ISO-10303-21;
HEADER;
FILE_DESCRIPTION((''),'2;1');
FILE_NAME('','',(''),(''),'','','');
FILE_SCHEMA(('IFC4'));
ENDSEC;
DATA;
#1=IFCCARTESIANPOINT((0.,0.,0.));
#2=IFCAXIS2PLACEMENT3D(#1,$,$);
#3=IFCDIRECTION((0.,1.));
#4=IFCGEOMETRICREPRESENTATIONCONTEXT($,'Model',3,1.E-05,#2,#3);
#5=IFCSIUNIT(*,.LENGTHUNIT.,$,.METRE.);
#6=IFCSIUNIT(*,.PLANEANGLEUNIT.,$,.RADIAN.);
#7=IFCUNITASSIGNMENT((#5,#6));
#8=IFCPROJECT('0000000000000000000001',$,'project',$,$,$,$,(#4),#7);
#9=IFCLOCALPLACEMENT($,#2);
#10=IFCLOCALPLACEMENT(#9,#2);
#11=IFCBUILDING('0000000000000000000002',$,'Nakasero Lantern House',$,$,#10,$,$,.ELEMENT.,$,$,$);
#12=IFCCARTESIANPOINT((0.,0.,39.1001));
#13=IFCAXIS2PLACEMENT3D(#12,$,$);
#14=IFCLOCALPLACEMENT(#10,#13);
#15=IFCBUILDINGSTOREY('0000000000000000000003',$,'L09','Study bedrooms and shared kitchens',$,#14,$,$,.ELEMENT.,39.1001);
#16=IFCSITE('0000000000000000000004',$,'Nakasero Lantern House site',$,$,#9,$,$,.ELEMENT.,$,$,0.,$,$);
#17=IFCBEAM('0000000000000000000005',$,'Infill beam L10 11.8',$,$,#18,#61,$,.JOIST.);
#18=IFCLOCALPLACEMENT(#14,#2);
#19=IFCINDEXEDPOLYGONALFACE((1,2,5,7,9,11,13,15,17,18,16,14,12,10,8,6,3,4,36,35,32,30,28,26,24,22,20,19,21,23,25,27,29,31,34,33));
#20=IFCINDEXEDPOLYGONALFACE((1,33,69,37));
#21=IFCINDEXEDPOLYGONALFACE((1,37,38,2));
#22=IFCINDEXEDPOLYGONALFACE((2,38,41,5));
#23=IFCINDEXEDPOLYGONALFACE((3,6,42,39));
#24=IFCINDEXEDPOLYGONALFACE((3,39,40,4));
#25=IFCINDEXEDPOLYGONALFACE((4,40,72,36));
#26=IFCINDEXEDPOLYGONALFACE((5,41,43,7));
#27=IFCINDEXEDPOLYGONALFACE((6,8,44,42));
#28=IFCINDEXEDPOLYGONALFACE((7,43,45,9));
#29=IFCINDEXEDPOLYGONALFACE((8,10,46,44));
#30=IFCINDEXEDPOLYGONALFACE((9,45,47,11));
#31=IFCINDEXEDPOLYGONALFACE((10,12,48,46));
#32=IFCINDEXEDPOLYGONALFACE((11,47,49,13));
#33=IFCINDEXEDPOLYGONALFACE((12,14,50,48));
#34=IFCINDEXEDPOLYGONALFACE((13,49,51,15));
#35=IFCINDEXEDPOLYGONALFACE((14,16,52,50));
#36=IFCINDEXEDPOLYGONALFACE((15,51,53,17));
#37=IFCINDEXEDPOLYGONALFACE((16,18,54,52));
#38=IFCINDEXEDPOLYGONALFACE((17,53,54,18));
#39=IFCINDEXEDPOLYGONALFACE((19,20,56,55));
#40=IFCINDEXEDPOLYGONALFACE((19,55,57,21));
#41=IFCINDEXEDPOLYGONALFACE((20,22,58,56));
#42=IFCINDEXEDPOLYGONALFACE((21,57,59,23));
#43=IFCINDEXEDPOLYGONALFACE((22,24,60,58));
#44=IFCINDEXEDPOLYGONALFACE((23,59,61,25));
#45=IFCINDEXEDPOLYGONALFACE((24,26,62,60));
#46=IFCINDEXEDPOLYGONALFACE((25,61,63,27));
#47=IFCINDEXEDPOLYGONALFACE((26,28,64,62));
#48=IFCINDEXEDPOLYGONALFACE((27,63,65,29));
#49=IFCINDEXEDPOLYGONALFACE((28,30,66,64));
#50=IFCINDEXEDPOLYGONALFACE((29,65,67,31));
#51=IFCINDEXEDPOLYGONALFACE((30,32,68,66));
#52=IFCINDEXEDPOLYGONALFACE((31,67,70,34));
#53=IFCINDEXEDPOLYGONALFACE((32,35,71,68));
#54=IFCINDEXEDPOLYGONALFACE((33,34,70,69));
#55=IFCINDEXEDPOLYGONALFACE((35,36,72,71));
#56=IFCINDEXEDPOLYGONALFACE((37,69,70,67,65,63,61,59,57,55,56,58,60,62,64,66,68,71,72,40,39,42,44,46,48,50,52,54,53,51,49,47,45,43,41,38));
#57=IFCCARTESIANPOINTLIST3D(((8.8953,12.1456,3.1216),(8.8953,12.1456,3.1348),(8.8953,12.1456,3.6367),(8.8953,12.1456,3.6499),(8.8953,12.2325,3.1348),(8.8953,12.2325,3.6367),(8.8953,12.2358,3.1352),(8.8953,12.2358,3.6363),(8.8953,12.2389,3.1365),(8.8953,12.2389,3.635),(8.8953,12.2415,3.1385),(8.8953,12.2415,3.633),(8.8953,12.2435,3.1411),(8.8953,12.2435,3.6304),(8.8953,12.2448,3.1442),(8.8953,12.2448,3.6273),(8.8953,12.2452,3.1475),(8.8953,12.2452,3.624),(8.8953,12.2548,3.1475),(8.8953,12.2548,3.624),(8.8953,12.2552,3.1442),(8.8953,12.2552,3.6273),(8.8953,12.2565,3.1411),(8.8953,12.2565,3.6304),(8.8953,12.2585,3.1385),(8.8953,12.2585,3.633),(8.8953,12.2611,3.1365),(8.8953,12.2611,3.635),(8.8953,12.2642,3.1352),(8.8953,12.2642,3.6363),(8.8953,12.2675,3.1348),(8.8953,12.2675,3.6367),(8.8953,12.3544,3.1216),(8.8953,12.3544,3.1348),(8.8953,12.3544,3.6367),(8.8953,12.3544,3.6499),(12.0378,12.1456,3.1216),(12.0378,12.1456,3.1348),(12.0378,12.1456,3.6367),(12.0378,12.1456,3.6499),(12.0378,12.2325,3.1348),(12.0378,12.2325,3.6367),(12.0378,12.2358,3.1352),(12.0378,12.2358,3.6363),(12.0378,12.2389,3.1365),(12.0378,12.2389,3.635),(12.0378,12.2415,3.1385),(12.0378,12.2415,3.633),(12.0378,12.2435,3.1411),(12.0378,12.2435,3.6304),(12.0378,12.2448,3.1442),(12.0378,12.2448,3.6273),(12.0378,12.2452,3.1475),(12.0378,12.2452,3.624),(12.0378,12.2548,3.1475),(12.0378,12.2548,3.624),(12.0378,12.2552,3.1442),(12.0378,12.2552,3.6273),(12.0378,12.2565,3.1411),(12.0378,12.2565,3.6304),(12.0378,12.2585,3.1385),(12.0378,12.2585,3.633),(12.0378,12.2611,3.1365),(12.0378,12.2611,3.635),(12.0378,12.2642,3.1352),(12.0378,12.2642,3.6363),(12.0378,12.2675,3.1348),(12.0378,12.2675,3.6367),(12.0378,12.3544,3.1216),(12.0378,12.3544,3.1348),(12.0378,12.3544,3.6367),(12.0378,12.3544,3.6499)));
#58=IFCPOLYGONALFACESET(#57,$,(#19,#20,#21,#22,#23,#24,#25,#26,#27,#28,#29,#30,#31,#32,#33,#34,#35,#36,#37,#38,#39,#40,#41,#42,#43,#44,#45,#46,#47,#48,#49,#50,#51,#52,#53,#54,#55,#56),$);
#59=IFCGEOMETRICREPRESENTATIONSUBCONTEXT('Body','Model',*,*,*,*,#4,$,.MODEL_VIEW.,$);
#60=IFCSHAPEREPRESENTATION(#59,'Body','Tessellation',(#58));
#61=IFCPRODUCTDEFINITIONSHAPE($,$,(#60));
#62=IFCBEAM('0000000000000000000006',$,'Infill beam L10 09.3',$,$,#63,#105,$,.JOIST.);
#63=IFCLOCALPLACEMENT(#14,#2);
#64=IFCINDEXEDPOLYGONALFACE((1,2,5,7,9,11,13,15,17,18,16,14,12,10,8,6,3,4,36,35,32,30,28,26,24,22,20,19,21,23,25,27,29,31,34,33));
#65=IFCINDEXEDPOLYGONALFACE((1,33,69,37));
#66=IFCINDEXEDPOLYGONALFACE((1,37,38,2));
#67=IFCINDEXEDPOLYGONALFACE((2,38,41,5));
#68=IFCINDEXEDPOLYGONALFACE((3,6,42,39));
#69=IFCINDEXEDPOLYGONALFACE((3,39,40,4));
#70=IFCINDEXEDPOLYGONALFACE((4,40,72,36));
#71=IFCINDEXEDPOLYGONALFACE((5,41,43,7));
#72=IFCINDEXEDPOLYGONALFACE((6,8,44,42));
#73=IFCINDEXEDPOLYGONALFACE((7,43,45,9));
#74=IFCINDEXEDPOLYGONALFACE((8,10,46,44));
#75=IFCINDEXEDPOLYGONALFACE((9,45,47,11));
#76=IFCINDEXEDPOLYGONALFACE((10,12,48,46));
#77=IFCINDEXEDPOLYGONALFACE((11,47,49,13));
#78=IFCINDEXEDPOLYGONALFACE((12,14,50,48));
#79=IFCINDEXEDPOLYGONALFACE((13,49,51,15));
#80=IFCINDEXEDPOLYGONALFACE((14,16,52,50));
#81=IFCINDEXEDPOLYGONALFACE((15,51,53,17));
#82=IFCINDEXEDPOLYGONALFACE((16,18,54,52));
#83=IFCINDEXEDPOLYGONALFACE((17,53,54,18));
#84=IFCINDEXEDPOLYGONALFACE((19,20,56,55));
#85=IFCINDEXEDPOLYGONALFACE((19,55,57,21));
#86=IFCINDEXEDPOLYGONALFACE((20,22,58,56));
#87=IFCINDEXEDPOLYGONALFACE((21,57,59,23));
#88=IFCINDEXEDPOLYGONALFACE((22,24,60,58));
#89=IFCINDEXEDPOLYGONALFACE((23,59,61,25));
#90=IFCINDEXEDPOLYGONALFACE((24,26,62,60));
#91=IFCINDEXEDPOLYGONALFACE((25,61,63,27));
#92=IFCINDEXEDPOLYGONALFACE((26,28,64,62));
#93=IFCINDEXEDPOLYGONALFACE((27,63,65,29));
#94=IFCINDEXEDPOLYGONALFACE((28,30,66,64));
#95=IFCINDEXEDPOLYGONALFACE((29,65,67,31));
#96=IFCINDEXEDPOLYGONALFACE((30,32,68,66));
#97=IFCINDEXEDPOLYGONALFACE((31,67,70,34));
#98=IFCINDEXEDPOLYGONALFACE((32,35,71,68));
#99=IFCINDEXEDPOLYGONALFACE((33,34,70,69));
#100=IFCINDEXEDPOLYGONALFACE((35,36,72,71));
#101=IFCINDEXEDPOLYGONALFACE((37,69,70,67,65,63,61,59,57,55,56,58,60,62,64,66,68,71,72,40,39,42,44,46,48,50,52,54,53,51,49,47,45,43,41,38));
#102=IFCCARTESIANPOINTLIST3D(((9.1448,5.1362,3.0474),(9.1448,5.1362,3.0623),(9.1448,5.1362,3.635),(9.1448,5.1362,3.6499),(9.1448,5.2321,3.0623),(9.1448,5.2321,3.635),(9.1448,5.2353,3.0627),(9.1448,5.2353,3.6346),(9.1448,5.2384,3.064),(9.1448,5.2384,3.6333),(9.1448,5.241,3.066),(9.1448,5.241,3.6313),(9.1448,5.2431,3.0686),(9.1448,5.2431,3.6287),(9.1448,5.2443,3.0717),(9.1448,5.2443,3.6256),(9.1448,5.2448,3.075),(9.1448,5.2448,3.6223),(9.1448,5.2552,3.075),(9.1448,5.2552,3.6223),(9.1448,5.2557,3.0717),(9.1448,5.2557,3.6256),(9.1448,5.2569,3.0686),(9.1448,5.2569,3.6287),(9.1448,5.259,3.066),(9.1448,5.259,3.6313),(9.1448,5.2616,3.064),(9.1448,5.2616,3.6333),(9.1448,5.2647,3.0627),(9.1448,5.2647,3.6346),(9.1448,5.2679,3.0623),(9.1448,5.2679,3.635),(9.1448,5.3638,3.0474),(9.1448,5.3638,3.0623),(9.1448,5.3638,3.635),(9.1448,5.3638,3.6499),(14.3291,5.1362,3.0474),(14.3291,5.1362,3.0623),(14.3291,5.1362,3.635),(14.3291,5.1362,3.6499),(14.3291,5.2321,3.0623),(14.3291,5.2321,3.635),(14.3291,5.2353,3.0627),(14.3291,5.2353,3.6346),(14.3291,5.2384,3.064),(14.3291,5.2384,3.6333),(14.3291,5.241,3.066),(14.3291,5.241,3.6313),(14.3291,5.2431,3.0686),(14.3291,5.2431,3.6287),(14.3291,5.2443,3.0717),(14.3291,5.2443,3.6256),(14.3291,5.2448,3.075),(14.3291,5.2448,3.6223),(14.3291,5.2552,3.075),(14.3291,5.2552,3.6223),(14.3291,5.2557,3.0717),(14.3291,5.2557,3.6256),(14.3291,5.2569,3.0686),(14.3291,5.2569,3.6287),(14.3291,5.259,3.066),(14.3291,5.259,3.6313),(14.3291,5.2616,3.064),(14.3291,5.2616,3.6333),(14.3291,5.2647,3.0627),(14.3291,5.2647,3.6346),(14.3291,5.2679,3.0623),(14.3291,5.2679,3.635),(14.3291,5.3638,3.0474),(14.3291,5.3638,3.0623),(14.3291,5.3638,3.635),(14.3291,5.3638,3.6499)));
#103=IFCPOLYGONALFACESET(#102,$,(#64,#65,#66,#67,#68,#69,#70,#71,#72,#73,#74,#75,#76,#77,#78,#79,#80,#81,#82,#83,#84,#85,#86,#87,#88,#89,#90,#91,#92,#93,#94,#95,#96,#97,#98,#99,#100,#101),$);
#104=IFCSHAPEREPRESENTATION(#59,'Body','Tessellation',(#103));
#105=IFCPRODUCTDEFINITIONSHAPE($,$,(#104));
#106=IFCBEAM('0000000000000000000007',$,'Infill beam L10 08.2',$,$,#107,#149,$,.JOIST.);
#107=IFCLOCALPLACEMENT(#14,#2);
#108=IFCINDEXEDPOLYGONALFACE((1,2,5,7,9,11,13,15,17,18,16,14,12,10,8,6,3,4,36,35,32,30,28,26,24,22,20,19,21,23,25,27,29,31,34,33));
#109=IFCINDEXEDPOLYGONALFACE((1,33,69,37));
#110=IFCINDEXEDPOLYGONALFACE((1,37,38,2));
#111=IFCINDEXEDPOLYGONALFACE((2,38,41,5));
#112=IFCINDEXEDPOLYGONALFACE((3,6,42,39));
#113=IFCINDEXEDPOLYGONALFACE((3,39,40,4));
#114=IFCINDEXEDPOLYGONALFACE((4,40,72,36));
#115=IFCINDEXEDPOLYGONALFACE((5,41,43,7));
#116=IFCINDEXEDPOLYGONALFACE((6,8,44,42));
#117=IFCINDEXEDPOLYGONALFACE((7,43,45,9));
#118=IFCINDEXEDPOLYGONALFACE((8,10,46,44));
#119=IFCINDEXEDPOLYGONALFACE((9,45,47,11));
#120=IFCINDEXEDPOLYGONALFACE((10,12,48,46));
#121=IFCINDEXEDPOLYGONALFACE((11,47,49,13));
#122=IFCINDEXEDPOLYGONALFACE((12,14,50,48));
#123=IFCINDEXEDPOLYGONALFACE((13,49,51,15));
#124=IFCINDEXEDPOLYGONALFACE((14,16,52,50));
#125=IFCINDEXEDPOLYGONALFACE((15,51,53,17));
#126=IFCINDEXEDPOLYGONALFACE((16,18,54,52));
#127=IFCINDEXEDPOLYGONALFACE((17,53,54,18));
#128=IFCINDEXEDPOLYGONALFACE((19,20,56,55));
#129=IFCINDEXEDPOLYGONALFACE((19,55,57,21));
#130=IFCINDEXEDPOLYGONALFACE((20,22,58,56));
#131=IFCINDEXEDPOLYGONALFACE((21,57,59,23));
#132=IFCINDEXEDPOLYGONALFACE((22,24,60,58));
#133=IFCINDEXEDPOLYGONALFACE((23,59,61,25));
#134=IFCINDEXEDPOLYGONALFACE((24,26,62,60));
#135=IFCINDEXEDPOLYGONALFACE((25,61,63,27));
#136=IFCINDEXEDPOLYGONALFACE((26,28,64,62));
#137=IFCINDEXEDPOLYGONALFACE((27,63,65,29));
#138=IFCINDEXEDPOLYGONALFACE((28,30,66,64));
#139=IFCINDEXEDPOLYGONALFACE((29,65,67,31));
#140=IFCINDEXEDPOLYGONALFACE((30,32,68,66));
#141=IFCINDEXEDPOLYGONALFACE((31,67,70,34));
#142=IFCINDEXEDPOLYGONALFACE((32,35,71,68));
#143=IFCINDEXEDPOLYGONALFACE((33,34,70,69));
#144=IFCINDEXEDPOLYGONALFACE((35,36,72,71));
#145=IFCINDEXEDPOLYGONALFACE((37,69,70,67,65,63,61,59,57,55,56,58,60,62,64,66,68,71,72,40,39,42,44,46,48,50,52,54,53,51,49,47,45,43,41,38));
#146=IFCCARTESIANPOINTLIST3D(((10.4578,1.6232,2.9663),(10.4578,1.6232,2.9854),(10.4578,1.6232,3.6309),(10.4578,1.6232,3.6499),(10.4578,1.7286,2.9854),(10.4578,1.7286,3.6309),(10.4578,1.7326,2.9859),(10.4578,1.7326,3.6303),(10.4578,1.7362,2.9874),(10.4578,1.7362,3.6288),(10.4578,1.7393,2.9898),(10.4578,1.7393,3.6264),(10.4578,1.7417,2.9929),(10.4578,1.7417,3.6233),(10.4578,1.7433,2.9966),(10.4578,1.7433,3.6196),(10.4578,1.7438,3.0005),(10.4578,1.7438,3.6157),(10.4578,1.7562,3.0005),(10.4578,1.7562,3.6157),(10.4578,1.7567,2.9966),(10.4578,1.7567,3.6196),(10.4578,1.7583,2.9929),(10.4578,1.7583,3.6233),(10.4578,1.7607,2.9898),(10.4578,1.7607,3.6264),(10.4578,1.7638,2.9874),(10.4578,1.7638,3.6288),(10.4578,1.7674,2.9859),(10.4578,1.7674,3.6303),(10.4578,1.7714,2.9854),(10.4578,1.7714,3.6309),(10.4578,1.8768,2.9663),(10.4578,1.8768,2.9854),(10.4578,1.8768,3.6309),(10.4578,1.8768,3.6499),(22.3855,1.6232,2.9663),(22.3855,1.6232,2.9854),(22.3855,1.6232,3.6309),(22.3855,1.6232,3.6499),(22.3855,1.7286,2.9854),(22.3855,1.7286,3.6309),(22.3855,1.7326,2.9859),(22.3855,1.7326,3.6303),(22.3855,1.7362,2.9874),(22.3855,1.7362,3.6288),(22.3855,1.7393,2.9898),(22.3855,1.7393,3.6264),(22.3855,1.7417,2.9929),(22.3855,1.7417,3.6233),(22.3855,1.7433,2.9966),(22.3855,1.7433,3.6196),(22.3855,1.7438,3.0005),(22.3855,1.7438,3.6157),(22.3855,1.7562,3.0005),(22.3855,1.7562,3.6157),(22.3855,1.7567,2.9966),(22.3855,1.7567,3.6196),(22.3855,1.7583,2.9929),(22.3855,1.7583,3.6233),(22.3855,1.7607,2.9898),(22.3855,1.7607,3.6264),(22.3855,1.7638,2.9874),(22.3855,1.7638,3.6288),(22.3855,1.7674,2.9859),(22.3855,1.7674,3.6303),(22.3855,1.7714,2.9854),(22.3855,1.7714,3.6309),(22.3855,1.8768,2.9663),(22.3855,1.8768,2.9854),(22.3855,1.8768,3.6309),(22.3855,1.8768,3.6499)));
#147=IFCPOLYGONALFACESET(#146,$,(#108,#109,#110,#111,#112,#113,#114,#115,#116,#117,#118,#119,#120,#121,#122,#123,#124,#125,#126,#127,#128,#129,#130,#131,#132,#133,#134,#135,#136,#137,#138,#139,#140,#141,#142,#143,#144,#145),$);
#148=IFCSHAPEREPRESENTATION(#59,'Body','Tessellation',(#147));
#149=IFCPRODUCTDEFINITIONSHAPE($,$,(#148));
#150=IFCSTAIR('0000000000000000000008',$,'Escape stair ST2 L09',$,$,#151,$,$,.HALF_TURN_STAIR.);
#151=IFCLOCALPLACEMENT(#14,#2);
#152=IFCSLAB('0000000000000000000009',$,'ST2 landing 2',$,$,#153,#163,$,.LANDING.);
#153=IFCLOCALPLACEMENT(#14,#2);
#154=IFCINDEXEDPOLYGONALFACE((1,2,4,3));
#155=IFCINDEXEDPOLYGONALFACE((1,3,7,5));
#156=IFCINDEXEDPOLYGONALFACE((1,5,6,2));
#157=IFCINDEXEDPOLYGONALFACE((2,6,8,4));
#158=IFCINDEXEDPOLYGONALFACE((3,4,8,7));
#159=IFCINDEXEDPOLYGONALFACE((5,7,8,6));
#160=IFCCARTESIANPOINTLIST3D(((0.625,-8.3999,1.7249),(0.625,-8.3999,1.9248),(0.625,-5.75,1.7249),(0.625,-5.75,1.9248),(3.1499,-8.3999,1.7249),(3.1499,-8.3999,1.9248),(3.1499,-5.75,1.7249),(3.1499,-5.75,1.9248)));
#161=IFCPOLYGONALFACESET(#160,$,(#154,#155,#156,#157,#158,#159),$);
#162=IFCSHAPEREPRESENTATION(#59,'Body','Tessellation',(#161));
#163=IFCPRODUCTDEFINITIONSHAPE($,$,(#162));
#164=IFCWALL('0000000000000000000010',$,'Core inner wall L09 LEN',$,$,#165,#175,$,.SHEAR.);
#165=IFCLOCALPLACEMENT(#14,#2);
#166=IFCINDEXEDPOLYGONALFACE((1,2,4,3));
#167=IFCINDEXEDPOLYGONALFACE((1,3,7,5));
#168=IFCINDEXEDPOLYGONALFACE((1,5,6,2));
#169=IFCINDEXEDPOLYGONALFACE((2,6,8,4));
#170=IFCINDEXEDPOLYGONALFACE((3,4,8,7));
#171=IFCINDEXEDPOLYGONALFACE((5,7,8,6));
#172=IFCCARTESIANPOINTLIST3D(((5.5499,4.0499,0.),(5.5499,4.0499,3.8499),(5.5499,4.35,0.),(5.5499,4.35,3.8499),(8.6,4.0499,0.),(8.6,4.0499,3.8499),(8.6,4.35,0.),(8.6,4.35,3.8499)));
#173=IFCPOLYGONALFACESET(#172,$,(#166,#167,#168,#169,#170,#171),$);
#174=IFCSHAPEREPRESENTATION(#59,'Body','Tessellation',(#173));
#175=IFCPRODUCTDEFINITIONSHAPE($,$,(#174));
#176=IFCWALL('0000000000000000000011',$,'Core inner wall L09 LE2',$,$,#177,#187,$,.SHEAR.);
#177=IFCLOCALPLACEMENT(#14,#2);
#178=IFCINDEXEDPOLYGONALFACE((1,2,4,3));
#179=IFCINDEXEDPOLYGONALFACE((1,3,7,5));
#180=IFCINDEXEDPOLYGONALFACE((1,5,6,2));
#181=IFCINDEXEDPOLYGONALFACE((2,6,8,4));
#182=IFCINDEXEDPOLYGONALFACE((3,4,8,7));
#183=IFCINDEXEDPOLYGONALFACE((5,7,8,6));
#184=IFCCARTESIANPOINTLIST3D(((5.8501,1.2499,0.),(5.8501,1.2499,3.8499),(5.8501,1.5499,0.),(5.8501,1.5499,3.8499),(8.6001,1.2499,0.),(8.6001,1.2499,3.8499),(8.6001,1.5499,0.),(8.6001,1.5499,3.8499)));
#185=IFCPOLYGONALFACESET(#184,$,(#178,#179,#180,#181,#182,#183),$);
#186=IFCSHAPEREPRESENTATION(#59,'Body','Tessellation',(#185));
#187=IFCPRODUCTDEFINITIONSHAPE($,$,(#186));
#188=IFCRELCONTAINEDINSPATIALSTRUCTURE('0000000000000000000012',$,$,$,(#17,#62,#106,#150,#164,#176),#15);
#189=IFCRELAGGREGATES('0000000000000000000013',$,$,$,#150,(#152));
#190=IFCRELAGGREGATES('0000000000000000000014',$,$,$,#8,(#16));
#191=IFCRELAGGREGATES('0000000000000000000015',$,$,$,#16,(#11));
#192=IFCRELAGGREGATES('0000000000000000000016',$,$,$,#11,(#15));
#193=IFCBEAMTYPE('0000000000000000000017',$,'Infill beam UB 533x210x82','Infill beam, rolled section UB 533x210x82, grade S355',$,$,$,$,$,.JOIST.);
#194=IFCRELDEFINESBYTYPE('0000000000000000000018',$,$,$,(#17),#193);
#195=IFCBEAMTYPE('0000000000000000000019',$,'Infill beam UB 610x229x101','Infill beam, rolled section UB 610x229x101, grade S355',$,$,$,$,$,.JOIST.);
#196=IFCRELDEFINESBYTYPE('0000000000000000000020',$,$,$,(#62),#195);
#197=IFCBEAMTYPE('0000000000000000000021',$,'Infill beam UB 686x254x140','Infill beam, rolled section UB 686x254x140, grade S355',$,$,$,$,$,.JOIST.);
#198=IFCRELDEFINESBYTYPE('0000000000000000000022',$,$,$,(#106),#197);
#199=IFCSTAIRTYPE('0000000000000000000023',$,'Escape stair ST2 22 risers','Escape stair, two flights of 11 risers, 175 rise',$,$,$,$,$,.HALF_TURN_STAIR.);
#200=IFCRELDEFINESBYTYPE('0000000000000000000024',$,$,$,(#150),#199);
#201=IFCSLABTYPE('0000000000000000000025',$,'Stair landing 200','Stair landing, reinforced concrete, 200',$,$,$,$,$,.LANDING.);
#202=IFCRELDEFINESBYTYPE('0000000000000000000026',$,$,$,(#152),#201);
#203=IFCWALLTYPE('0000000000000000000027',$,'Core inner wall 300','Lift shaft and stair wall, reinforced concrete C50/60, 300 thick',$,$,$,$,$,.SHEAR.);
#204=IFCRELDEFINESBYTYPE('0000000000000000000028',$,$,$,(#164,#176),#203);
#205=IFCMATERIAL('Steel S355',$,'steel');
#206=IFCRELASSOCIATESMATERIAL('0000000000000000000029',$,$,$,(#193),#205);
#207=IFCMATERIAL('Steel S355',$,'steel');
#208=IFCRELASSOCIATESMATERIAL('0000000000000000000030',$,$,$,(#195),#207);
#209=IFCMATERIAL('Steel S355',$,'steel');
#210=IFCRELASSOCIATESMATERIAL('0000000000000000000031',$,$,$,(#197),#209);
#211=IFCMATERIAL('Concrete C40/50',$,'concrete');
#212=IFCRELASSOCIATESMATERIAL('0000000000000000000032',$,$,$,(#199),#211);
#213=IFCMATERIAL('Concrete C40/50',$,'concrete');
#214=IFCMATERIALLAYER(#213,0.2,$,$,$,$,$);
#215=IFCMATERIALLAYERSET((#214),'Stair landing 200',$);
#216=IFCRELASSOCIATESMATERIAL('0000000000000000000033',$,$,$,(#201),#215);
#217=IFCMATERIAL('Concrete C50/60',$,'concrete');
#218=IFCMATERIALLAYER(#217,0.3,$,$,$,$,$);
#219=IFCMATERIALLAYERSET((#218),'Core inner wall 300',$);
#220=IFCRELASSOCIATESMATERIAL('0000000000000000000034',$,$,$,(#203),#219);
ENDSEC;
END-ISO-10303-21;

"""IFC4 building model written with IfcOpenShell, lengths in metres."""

from ifc_helpers import new_model, si_unit, direction, frame, frame_2d, origin, origin_2d, place, context, subcontext, project, spatial, polyline, rectangle, i_section, outline, extrude, material, layer, layer_set, material_profile, profile_set, type_object, element, aggregate, save


model = new_model("IFC4")

# Units and contexts
model_context = context("Model", 3, precision=1e-05, world=origin(), true_north=direction((0.0, 1.0)))
body_context = subcontext(model_context, "Body", "Model", "MODEL_VIEW")
ifc_project = project(units=[si_unit("LENGTHUNIT", "METRE"), si_unit("PLANEANGLEUNIT", "RADIAN")], contexts=[model_context])

# Site, building, storey
site_placement = place(None, origin())
site = spatial("IfcSite", under=ifc_project, at=site_placement, Name="Nakasero Lantern House site", CompositionType="ELEMENT", RefElevation=0.0)
building_placement = place(site_placement, origin())
building = spatial("IfcBuilding", under=site, at=building_placement, Name="Nakasero Lantern House", CompositionType="ELEMENT")
storey_placement = place(building_placement, frame((0.0, 0.0, 39.1001)))
storey = spatial("IfcBuildingStorey", under=building, at=storey_placement, Name="L09", Description="Study bedrooms and shared kitchens", CompositionType="ELEMENT", Elevation=39.1001)

# Beams
ifc_material_1 = material(Name="Steel S355", Category="steel")
ifc_material_profile_1 = material_profile(ifc_material_1, i_section(OverallWidth=0.2087, OverallDepth=0.5283, WebThickness=0.0095, FlangeThickness=0.0132, FilletRadius=0.0127, at=origin_2d()), Name="UB 533x210x82")
ifc_profile_set_1 = profile_set([ifc_material_profile_1], Name="Steel S355")
beam_type_1 = type_object("IfcBeamType", Name="Infill beam UB 533x210x82", Description="Infill beam, rolled section UB 533x210x82, grade S355", PredefinedType="JOIST", material=ifc_profile_set_1)
beam_1_placement = place(storey_placement, frame((8.8953, 12.25, 3.3857), z_axis=(1.0, 0.0, 0.0), x_axis=(0.0, 1.0, 0.0)))
element("IfcBeam", 1, at=beam_1_placement, inside=storey, type_object=beam_type_1, Name="Infill beam L10 11.8", PredefinedType="JOIST", context=body_context, shape_type="SweptSolid", body=[
    extrude(i_section(OverallWidth=0.2087, OverallDepth=0.5283, WebThickness=0.0095, FlangeThickness=0.0132, FilletRadius=0.0127, at=origin_2d()), origin(), (0.0, 0.0, 1.0), 3.1426),
])
ifc_material_2 = material(Name="Steel S355", Category="steel")
ifc_material_profile_2 = material_profile(ifc_material_2, i_section(OverallWidth=0.2275, OverallDepth=0.6025, WebThickness=0.0105, FlangeThickness=0.0149, FilletRadius=0.0127, at=origin_2d()), Name="UB 610x229x101")
ifc_profile_set_2 = profile_set([ifc_material_profile_2], Name="Steel S355")
beam_type_2 = type_object("IfcBeamType", Name="Infill beam UB 610x229x101", Description="Infill beam, rolled section UB 610x229x101, grade S355", PredefinedType="JOIST", material=ifc_profile_set_2)
beam_2_placement = place(storey_placement, frame((9.1448, 5.25, 3.3486), z_axis=(1.0, 0.0, 0.0), x_axis=(0.0, 1.0, 0.0)))
element("IfcBeam", 2, at=beam_2_placement, inside=storey, type_object=beam_type_2, Name="Infill beam L10 09.3", PredefinedType="JOIST", context=body_context, shape_type="SweptSolid", body=[
    extrude(i_section(OverallWidth=0.2275, OverallDepth=0.6025, WebThickness=0.0105, FlangeThickness=0.0149, FilletRadius=0.0127, at=origin_2d()), origin(), (0.0, 0.0, 1.0), 5.1843),
])
ifc_material_3 = material(Name="Steel S355", Category="steel")
ifc_material_profile_3 = material_profile(ifc_material_3, i_section(OverallWidth=0.2537, OverallDepth=0.6836, WebThickness=0.0125, FlangeThickness=0.019, FilletRadius=0.0151, at=origin_2d()), Name="UB 686x254x140")
ifc_profile_set_3 = profile_set([ifc_material_profile_3], Name="Steel S355")
beam_type_3 = type_object("IfcBeamType", Name="Infill beam UB 686x254x140", Description="Infill beam, rolled section UB 686x254x140, grade S355", PredefinedType="JOIST", material=ifc_profile_set_3)
beam_3_placement = place(storey_placement, frame((10.4578, 1.75, 3.3081), z_axis=(1.0, 0.0, 0.0), x_axis=(0.0, 1.0, 0.0)))
element("IfcBeam", 3, at=beam_3_placement, inside=storey, type_object=beam_type_3, Name="Infill beam L10 08.2", PredefinedType="JOIST", context=body_context, shape_type="SweptSolid", body=[
    extrude(i_section(OverallWidth=0.2537, OverallDepth=0.6836, WebThickness=0.0125, FlangeThickness=0.019, FilletRadius=0.0151, at=origin_2d()), origin(), (0.0, 0.0, 1.0), 11.9277),
])

# Stair, slab
ifc_material_4 = material(Name="Concrete C40/50", Category="concrete")
stair_type_1 = type_object("IfcStairType", Name="Escape stair ST2 22 risers", Description="Escape stair, two flights of 11 risers, 175 rise", PredefinedType="HALF_TURN_STAIR", material=ifc_material_4)
stair_1_placement = place(storey_placement, origin())
stair_1 = element("IfcStair", 4, at=stair_1_placement, inside=storey, type_object=stair_type_1, Name="Escape stair ST2 L09", PredefinedType="HALF_TURN_STAIR")
ifc_material_5 = material(Name="Concrete C40/50", Category="concrete")
ifc_layer_1 = layer(ifc_material_5, 0.2)
ifc_layer_set_1 = layer_set([ifc_layer_1], Name="Stair landing 200")
slab_type = type_object("IfcSlabType", Name="Stair landing 200", Description="Stair landing, reinforced concrete, 200", PredefinedType="LANDING", material=ifc_layer_set_1)
slab_placement = place(storey_placement, frame((0.0, 0.0, 1.7249)))
slab = element("IfcSlab", 5, at=slab_placement, type_object=slab_type, Name="ST2 landing 2", PredefinedType="LANDING", context=body_context, shape_type="SweptSolid", body=[
    extrude(outline(polyline([(0.625, -8.3999), (3.1499, -8.3999), (3.1499, -5.75), (0.625, -5.75), (0.625, -8.3999)])), origin(), (0.0, 0.0, 1.0), 0.2),
])
aggregate(stair_1, [slab])

# Walls
ifc_material_6 = material(Name="Concrete C50/60", Category="concrete")
ifc_layer_2 = layer(ifc_material_6, 0.3)
ifc_layer_set_2 = layer_set([ifc_layer_2], Name="Core inner wall 300")
wall_type_1 = type_object("IfcWallType", Name="Core inner wall 300", Description="Lift shaft and stair wall, reinforced concrete C50/60, 300 thick", PredefinedType="SHEAR", material=ifc_layer_set_2)
wall_1_placement = place(storey_placement, frame((5.55, 4.2, 0.0), z_axis=(0.0, 0.0, 1.0), x_axis=(1.0, 0.0, 0.0)))
element("IfcWall", 6, at=wall_1_placement, inside=storey, type_object=wall_type_1, Name="Core inner wall L09 LEN", PredefinedType="SHEAR", context=body_context, shape_type="SweptSolid", body=[
    extrude(rectangle(XDim=3.05, YDim=0.3, at=frame_2d((1.5249, 0.0))), origin(), (0.0, 0.0, 1.0), 3.8499),
])
wall_2_placement = place(storey_placement, frame((5.8501, 1.3999, 0.0), z_axis=(0.0, 0.0, 1.0), x_axis=(1.0, 0.0, 0.0)))
element("IfcWall", 7, at=wall_2_placement, inside=storey, type_object=wall_type_1, Name="Core inner wall L09 LE2", PredefinedType="SHEAR", context=body_context, shape_type="SweptSolid", body=[
    extrude(rectangle(XDim=2.75, YDim=0.3, at=frame_2d((1.375, 0.0))), origin(), (0.0, 0.0, 1.0), 3.8499),
])

save(model, "model.ifc")
